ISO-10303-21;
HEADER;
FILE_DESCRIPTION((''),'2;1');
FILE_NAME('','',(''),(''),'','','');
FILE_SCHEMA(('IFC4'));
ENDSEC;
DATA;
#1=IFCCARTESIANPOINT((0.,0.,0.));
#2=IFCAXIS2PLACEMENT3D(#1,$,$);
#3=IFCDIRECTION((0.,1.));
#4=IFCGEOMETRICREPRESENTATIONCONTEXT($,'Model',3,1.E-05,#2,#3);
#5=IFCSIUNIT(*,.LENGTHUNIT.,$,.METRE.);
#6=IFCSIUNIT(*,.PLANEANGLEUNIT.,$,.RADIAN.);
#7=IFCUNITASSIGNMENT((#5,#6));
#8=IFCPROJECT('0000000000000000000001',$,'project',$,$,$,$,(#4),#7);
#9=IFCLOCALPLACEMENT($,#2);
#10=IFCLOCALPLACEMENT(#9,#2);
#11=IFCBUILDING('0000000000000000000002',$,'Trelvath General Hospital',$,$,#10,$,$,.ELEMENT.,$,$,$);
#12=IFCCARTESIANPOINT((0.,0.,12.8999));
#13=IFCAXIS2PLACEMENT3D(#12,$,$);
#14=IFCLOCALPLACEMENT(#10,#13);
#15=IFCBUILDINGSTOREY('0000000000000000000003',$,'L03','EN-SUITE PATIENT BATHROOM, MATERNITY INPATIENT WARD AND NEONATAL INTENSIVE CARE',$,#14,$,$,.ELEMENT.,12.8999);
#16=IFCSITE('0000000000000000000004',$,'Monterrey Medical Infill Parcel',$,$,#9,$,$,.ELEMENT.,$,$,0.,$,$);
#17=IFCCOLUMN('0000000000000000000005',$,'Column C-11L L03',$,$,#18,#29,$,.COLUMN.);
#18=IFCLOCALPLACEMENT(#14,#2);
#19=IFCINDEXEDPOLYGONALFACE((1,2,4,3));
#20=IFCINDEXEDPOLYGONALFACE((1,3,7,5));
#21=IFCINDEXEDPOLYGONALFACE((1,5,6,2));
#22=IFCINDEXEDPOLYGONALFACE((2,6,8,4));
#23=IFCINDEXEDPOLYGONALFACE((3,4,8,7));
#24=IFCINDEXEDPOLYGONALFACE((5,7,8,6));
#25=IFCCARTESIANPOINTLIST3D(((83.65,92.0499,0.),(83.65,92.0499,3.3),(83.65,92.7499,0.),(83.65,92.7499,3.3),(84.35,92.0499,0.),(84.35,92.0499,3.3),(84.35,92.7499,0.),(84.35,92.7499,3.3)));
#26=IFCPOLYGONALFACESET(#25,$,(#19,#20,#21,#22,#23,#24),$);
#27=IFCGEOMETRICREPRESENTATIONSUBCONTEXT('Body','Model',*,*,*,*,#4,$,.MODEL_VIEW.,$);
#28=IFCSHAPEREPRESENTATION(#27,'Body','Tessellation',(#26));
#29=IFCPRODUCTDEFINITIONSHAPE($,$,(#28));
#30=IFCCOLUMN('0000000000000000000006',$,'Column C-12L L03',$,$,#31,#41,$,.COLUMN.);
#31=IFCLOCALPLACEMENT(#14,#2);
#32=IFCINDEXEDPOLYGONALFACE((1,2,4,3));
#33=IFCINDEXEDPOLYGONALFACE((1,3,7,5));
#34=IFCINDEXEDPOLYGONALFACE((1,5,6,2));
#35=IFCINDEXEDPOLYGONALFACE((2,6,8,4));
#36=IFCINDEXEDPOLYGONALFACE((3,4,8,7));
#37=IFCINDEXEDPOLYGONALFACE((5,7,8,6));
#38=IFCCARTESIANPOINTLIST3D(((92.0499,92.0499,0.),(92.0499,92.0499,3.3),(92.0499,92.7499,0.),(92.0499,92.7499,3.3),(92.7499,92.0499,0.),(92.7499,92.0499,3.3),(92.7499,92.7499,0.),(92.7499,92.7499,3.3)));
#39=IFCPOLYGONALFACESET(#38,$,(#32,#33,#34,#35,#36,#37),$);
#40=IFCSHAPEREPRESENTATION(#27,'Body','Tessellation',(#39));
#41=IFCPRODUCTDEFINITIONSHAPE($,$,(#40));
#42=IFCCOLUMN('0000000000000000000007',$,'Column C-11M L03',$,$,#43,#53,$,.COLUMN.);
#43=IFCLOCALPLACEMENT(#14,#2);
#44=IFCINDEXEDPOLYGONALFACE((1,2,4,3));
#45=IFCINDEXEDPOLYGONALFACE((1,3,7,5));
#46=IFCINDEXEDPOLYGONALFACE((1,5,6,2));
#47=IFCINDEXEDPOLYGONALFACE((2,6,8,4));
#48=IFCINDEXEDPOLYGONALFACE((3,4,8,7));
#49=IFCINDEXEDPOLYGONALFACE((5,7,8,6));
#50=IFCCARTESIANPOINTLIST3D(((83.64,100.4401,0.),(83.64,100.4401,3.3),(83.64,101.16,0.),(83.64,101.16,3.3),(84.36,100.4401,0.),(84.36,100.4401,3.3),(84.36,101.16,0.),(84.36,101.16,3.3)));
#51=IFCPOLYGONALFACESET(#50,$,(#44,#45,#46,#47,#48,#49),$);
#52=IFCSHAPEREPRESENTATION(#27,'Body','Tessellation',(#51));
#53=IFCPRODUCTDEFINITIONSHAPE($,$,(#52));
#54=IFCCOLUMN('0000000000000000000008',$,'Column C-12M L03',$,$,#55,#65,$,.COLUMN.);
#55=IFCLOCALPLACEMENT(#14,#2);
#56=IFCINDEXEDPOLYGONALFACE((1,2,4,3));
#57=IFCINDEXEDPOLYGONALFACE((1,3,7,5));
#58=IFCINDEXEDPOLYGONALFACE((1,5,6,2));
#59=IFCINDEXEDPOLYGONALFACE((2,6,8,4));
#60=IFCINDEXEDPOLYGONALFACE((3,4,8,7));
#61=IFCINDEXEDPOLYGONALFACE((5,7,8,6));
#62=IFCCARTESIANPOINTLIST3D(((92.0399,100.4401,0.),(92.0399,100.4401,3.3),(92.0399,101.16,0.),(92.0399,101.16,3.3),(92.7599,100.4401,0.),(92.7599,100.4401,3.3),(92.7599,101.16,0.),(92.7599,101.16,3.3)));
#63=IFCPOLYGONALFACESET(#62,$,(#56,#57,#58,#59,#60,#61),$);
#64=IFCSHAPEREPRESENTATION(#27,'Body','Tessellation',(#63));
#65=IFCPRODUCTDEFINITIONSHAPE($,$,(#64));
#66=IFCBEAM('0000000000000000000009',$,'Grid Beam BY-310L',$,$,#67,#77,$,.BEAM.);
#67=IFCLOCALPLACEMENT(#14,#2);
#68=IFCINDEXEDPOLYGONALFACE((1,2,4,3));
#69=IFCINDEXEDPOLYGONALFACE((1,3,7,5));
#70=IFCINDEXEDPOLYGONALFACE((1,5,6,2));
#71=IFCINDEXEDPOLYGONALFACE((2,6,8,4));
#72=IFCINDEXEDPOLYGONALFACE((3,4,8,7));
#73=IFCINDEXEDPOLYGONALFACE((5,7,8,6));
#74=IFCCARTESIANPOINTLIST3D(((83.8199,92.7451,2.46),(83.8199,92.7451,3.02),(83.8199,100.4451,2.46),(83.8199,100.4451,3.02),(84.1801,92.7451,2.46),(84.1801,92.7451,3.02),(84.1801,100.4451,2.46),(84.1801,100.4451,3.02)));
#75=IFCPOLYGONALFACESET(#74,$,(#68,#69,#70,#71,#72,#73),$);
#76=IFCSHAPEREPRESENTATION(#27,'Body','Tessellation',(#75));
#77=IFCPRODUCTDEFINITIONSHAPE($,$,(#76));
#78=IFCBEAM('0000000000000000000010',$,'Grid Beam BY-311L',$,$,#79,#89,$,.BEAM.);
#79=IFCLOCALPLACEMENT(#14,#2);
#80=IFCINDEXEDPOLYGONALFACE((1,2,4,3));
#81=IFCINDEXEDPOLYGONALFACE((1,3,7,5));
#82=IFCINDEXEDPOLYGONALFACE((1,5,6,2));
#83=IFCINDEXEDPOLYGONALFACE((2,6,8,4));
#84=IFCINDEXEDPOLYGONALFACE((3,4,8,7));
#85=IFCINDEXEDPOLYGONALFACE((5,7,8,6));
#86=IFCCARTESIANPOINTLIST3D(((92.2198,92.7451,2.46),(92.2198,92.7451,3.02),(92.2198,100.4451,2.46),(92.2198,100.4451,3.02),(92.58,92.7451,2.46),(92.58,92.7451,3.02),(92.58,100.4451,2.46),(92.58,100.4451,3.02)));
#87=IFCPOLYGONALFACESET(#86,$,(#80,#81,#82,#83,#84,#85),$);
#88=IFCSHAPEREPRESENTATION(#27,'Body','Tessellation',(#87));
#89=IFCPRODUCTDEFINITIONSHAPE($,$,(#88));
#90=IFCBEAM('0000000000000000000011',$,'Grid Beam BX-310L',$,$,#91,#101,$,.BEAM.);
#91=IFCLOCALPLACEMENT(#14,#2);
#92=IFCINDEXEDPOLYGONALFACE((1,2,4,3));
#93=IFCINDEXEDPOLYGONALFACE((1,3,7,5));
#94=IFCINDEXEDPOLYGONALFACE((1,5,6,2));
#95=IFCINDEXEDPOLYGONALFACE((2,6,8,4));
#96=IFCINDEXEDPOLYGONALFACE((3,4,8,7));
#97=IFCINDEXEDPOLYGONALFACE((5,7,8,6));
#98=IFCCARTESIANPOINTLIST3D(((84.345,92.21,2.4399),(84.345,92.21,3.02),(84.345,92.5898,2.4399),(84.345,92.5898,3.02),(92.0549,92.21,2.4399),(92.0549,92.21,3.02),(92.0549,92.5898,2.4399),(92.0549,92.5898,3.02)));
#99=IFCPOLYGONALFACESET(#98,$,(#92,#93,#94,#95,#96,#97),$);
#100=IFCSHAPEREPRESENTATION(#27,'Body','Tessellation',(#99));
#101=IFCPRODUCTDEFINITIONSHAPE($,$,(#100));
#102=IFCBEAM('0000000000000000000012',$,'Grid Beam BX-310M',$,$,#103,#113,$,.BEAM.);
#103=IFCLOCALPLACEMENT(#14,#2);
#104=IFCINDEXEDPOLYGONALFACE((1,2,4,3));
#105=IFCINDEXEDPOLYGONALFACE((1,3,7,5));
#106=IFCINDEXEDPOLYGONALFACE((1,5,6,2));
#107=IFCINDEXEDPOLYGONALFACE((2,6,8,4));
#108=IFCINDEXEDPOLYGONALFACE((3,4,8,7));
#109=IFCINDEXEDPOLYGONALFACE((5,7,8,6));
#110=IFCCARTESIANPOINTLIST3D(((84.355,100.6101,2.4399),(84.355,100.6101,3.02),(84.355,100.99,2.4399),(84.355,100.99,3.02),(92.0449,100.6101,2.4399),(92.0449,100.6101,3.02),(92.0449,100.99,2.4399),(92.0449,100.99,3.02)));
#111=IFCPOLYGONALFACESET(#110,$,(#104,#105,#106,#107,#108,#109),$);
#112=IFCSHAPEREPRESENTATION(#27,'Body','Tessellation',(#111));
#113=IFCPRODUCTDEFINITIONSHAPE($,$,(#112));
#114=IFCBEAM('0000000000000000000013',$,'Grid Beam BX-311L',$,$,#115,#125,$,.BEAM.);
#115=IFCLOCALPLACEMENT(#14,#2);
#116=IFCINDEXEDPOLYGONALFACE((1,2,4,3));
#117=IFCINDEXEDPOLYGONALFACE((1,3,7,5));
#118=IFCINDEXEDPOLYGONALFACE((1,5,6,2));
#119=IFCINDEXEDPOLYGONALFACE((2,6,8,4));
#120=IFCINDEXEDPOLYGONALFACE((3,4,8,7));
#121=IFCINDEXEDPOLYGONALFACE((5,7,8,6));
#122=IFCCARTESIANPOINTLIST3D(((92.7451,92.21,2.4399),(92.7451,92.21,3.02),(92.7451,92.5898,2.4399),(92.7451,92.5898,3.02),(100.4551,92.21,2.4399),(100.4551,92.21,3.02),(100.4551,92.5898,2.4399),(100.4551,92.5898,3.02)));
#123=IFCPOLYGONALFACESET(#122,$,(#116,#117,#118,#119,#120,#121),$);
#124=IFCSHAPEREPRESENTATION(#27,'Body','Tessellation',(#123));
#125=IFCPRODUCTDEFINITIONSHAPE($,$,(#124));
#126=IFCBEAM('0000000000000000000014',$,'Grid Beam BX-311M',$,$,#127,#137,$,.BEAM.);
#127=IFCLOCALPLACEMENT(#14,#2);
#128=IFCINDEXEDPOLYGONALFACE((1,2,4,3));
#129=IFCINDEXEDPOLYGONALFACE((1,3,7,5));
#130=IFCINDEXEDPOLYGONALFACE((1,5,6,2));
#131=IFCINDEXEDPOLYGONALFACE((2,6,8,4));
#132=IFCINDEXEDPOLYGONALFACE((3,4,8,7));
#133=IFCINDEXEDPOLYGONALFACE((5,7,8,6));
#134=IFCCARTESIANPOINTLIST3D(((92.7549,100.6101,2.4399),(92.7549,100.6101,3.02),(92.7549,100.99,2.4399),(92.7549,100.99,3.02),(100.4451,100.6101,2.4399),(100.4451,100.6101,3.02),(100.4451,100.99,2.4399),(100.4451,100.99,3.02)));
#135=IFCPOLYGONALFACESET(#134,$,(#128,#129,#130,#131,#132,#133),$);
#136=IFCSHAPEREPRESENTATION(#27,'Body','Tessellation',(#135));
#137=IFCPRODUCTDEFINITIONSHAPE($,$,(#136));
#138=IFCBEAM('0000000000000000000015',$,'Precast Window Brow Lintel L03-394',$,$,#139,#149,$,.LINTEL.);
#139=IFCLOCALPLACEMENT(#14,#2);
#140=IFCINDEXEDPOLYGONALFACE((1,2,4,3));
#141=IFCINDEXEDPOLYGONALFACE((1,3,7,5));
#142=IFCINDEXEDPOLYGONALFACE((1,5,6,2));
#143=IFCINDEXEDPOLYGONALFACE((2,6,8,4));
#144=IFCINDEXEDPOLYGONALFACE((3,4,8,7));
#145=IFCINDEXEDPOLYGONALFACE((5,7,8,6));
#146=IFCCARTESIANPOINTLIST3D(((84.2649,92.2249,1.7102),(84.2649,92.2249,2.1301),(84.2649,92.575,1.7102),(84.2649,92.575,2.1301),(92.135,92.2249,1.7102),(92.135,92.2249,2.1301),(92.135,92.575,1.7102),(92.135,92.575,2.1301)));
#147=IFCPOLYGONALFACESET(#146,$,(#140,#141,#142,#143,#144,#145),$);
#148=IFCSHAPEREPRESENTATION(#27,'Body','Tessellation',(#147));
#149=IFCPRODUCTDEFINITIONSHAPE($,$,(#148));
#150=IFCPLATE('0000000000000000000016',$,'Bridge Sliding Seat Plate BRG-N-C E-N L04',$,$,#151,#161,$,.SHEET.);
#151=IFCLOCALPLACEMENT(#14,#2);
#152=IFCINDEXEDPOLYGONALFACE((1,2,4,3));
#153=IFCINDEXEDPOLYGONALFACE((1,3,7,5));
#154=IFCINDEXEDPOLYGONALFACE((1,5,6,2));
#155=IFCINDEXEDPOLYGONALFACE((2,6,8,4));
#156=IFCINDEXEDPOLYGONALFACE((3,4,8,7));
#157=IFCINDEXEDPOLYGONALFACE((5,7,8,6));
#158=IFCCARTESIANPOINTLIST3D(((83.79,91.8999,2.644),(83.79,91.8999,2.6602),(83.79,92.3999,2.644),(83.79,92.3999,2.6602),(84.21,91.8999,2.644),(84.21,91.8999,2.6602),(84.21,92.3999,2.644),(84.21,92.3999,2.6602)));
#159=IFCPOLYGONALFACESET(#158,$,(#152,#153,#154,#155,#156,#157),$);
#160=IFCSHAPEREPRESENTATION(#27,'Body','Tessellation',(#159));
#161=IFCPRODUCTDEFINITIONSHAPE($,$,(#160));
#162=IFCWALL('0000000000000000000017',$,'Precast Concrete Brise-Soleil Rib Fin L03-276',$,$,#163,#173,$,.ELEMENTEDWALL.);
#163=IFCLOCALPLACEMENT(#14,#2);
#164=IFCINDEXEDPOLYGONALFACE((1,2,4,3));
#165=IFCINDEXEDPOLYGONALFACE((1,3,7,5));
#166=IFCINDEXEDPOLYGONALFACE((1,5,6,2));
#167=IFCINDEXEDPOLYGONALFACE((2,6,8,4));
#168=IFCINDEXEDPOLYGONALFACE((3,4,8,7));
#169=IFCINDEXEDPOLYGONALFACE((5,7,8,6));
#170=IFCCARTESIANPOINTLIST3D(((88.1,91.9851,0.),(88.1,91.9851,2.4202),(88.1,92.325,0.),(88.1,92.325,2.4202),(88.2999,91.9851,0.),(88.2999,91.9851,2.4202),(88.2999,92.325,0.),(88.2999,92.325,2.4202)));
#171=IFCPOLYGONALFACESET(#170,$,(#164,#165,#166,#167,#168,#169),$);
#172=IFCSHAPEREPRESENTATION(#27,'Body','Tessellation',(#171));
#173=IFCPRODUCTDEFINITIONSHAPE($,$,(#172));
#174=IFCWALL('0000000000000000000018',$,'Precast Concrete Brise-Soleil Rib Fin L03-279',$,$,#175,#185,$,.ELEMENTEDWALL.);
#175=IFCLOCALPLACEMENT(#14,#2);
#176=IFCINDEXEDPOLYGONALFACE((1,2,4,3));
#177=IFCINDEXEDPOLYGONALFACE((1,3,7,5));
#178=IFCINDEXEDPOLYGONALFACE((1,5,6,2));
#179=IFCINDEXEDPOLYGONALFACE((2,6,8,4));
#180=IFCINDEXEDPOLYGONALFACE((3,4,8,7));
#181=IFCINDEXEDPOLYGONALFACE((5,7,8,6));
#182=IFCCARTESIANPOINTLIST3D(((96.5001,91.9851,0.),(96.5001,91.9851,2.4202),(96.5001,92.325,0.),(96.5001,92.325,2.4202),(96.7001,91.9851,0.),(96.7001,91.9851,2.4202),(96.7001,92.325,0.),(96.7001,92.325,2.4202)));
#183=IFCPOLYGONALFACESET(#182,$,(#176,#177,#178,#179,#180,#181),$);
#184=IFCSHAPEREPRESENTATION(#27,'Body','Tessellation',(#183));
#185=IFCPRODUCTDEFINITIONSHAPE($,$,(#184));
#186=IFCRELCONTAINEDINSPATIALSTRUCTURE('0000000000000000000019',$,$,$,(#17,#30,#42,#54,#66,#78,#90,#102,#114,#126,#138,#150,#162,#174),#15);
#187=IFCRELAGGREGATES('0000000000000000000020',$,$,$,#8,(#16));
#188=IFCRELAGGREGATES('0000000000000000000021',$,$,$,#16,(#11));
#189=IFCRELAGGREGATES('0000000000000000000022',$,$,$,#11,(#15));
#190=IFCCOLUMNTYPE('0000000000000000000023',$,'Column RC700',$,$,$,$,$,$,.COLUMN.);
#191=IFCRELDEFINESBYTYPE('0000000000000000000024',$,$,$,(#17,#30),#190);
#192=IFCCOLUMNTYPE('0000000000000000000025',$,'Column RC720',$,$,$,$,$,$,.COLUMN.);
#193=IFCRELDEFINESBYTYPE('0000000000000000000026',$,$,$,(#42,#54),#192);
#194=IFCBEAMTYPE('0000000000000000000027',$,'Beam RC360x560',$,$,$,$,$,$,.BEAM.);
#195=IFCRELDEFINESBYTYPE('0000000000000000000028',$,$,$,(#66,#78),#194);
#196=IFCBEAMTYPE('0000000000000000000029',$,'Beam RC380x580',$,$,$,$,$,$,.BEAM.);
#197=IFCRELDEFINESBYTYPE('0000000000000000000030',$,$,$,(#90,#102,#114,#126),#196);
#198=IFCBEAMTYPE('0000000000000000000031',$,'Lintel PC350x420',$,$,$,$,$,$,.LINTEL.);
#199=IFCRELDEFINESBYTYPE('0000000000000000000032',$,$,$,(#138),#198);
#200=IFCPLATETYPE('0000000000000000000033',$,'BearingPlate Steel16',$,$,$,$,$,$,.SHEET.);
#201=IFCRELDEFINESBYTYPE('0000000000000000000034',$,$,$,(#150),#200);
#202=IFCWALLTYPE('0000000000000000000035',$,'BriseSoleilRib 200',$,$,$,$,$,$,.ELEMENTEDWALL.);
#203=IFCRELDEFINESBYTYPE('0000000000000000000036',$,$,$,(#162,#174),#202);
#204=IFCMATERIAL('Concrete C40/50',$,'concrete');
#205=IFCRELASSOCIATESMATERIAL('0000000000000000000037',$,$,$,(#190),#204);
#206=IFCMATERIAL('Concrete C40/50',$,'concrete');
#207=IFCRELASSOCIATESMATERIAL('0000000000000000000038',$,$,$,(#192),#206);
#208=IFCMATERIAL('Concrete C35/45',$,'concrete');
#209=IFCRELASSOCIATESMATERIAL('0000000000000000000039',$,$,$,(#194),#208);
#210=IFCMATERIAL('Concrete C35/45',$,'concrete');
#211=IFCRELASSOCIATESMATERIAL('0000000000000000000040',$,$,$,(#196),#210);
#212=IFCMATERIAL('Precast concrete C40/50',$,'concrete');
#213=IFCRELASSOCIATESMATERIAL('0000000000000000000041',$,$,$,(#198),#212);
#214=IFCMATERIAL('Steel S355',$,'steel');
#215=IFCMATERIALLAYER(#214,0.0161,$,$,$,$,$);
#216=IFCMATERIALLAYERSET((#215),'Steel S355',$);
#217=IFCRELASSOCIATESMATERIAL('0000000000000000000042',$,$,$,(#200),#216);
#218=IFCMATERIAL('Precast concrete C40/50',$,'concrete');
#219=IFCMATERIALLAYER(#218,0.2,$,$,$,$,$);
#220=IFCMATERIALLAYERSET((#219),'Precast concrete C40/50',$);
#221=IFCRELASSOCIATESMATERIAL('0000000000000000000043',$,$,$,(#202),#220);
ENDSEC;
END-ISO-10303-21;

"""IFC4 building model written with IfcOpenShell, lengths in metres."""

from ifc_helpers import new_model, si_unit, direction, frame, frame_2d, origin, origin_2d, place, context, subcontext, project, spatial, rectangle, extrude, material, layer, layer_set, material_profile, profile_set, type_object, element, save


model = new_model("IFC4")

# Units and contexts
model_context = context("Model", 3, precision=1e-05, world=origin(), true_north=direction((0.0, 1.0)))
body_context = subcontext(model_context, "Body", "Model", "MODEL_VIEW")
ifc_project = project(units=[si_unit("LENGTHUNIT", "METRE"), si_unit("PLANEANGLEUNIT", "RADIAN")], contexts=[model_context])

# Site, building, storey
site_placement = place(None, origin())
site = spatial("IfcSite", under=ifc_project, at=site_placement, Name="Monterrey Medical Infill Parcel", CompositionType="ELEMENT", RefElevation=0.0)
building_placement = place(site_placement, origin())
building = spatial("IfcBuilding", under=site, at=building_placement, Name="Trelvath General Hospital", CompositionType="ELEMENT")
storey_placement = place(building_placement, frame((0.0, 0.0, 12.8999)))
storey = spatial("IfcBuildingStorey", under=building, at=storey_placement, Name="L03", Description="EN-SUITE PATIENT BATHROOM, MATERNITY INPATIENT WARD AND NEONATAL INTENSIVE CARE", CompositionType="ELEMENT", Elevation=12.8999)

# Columns
ifc_material_1 = material(Name="Concrete C40/50", Category="concrete")
ifc_material_profile_1 = material_profile(ifc_material_1, rectangle(XDim=0.7, YDim=0.7, at=origin_2d()), Name="RC700x700")
ifc_profile_set_1 = profile_set([ifc_material_profile_1], Name="Concrete C40/50")
column_type_1 = type_object("IfcColumnType", Name="Column RC700", PredefinedType="COLUMN", material=ifc_profile_set_1)
for number, where, z_axis, x_axis, name in (
    (1, (84.0, 92.3999, 0.0), (0.0, 0.0, 1.0), (1.0, 0.0, 0.0), "Column C-11L L03"),
    (2, (92.3999, 92.3999, 0.0), (0.0, 0.0, 1.0), (1.0, 0.0, 0.0), "Column C-12L L03"),
):
    element("IfcColumn", number, at=place(storey_placement, frame(where, z_axis=z_axis, x_axis=x_axis)), inside=storey, type_object=column_type_1, Name=name, PredefinedType="COLUMN", context=body_context, shape_type="SweptSolid", body=[
        extrude(rectangle(XDim=0.7, YDim=0.7, at=origin_2d()), origin(), (0.0, 0.0, 1.0), 3.3),
    ])
ifc_material_2 = material(Name="Concrete C40/50", Category="concrete")
ifc_material_profile_2 = material_profile(ifc_material_2, rectangle(XDim=0.72, YDim=0.72, at=origin_2d()), Name="RC720x720")
ifc_profile_set_2 = profile_set([ifc_material_profile_2], Name="Concrete C40/50")
column_type_2 = type_object("IfcColumnType", Name="Column RC720", PredefinedType="COLUMN", material=ifc_profile_set_2)
for number, where, z_axis, x_axis, name in (
    (3, (84.0, 100.8, 0.0), (0.0, 0.0, 1.0), (1.0, 0.0, 0.0), "Column C-11M L03"),
    (4, (92.3999, 100.8, 0.0), (0.0, 0.0, 1.0), (1.0, 0.0, 0.0), "Column C-12M L03"),
):
    element("IfcColumn", number, at=place(storey_placement, frame(where, z_axis=z_axis, x_axis=x_axis)), inside=storey, type_object=column_type_2, Name=name, PredefinedType="COLUMN", context=body_context, shape_type="SweptSolid", body=[
        extrude(rectangle(XDim=0.72, YDim=0.72, at=origin_2d()), origin(), (0.0, 0.0, 1.0), 3.3),
    ])

# Beams
ifc_material_3 = material(Name="Concrete C35/45", Category="concrete")
ifc_material_profile_3 = material_profile(ifc_material_3, rectangle(XDim=0.3601, YDim=0.5601, at=origin_2d()), Name="RCB360x560")
ifc_profile_set_3 = profile_set([ifc_material_profile_3], Name="Concrete C35/45")
beam_type_1 = type_object("IfcBeamType", Name="Beam RC360x560", PredefinedType="BEAM", material=ifc_profile_set_3)
for number, where, z_axis, x_axis, name in (
    (5, (84.0, 92.7451, 2.74), (0.0, 1.0, 0.0), (-1.0, 0.0, 0.0), "Grid Beam BY-310L"),
    (6, (92.3999, 92.7451, 2.74), (0.0, 1.0, 0.0), (-1.0, 0.0, 0.0), "Grid Beam BY-311L"),
):
    element("IfcBeam", number, at=place(storey_placement, frame(where, z_axis=z_axis, x_axis=x_axis)), inside=storey, type_object=beam_type_1, Name=name, PredefinedType="BEAM", context=body_context, shape_type="SweptSolid", body=[
        extrude(rectangle(XDim=0.3601, YDim=0.5601, at=origin_2d()), origin(), (0.0, 0.0, 1.0), 7.7),
    ])
ifc_material_4 = material(Name="Concrete C35/45", Category="concrete")
ifc_material_profile_4 = material_profile(ifc_material_4, rectangle(XDim=0.3799, YDim=0.5801, at=origin_2d()), Name="RCB380x580")
ifc_profile_set_4 = profile_set([ifc_material_profile_4], Name="Concrete C35/45")
beam_type_2 = type_object("IfcBeamType", Name="Beam RC380x580", PredefinedType="BEAM", material=ifc_profile_set_4)
beam_1_placement = place(storey_placement, frame((84.345, 92.3999, 2.73), z_axis=(1.0, 0.0, 0.0), x_axis=(0.0, 1.0, 0.0)))
element("IfcBeam", 7, at=beam_1_placement, inside=storey, type_object=beam_type_2, Name="Grid Beam BX-310L", PredefinedType="BEAM", context=body_context, shape_type="SweptSolid", body=[
    extrude(rectangle(XDim=0.3799, YDim=0.5801, at=origin_2d()), origin(), (0.0, 0.0, 1.0), 7.71),
])
beam_2_placement = place(storey_placement, frame((84.355, 100.8, 2.73), z_axis=(1.0, 0.0, 0.0), x_axis=(0.0, 1.0, 0.0)))
element("IfcBeam", 8, at=beam_2_placement, inside=storey, type_object=beam_type_2, Name="Grid Beam BX-310M", PredefinedType="BEAM", context=body_context, shape_type="SweptSolid", body=[
    extrude(rectangle(XDim=0.3799, YDim=0.5801, at=origin_2d()), origin(), (0.0, 0.0, 1.0), 7.6899),
])
beam_3_placement = place(storey_placement, frame((92.7451, 92.3999, 2.73), z_axis=(1.0, 0.0, 0.0), x_axis=(0.0, 1.0, 0.0)))
element("IfcBeam", 9, at=beam_3_placement, inside=storey, type_object=beam_type_2, Name="Grid Beam BX-311L", PredefinedType="BEAM", context=body_context, shape_type="SweptSolid", body=[
    extrude(rectangle(XDim=0.3799, YDim=0.5801, at=origin_2d()), origin(), (0.0, 0.0, 1.0), 7.71),
])
beam_4_placement = place(storey_placement, frame((92.7549, 100.8, 2.73), z_axis=(1.0, 0.0, 0.0), x_axis=(0.0, 1.0, 0.0)))
element("IfcBeam", 10, at=beam_4_placement, inside=storey, type_object=beam_type_2, Name="Grid Beam BX-311M", PredefinedType="BEAM", context=body_context, shape_type="SweptSolid", body=[
    extrude(rectangle(XDim=0.3799, YDim=0.5801, at=origin_2d()), origin(), (0.0, 0.0, 1.0), 7.6902),
])
ifc_material_5 = material(Name="Precast concrete C40/50", Category="concrete")
ifc_material_profile_5 = material_profile(ifc_material_5, rectangle(XDim=0.3501, YDim=0.4199, at=origin_2d()), Name="PCL350x420")
ifc_profile_set_5 = profile_set([ifc_material_profile_5], Name="Precast concrete C40/50")
beam_type_3 = type_object("IfcBeamType", Name="Lintel PC350x420", PredefinedType="LINTEL", material=ifc_profile_set_5)
beam_5_placement = place(storey_placement, frame((92.135, 92.3999, 1.9202), z_axis=(-1.0, 0.0, 0.0), x_axis=(0.0, -1.0, 0.0)))
element("IfcBeam", 11, at=beam_5_placement, inside=storey, type_object=beam_type_3, Name="Precast Window Brow Lintel L03-394", PredefinedType="LINTEL", context=body_context, shape_type="SweptSolid", body=[
    extrude(rectangle(XDim=0.3501, YDim=0.4199, at=origin_2d()), origin(), (0.0, 0.0, 1.0), 7.8701),
])

# Plate
ifc_material_6 = material(Name="Steel S355", Category="steel")
ifc_layer_1 = layer(ifc_material_6, 0.0161)
ifc_layer_set_1 = layer_set([ifc_layer_1], Name="Steel S355")
plate_type = type_object("IfcPlateType", Name="BearingPlate Steel16", PredefinedType="SHEET", material=ifc_layer_set_1)
plate_placement = place(storey_placement, frame((84.0, 92.1499, 2.644), z_axis=(0.0, 0.0, 1.0), x_axis=(1.0, 0.0, 0.0)))
element("IfcPlate", 12, at=plate_placement, inside=storey, type_object=plate_type, Name="Bridge Sliding Seat Plate BRG-N-C E-N L04", PredefinedType="SHEET", context=body_context, shape_type="SweptSolid", body=[
    extrude(rectangle(XDim=0.4199, YDim=0.5, at=origin_2d()), origin(), (0.0, 0.0, 1.0), 0.0161),
])

# Walls
ifc_material_7 = material(Name="Precast concrete C40/50", Category="concrete")
ifc_layer_2 = layer(ifc_material_7, 0.2)
ifc_layer_set_2 = layer_set([ifc_layer_2], Name="Precast concrete C40/50")
wall_type_1 = type_object("IfcWallType", Name="BriseSoleilRib 200", PredefinedType="ELEMENTEDWALL", material=ifc_layer_set_2)
for number, where, z_axis, x_axis, name in (
    (13, (88.2, 92.325, 0.0), (0.0, 0.0, 1.0), (0.0, -1.0, 0.0), "Precast Concrete Brise-Soleil Rib Fin L03-276"),
    (14, (96.6001, 92.325, 0.0), (0.0, 0.0, 1.0), (0.0, -1.0, 0.0), "Precast Concrete Brise-Soleil Rib Fin L03-279"),
):
    element("IfcWall", number, at=place(storey_placement, frame(where, z_axis=z_axis, x_axis=x_axis)), inside=storey, type_object=wall_type_1, Name=name, PredefinedType="ELEMENTEDWALL", context=body_context, shape_type="SweptSolid", body=[
        extrude(rectangle(XDim=0.3398, YDim=0.2, at=frame_2d((0.1699, 0.0))), origin(), (0.0, 0.0, 1.0), 2.4202),
    ])

save(model, "model.ifc")
